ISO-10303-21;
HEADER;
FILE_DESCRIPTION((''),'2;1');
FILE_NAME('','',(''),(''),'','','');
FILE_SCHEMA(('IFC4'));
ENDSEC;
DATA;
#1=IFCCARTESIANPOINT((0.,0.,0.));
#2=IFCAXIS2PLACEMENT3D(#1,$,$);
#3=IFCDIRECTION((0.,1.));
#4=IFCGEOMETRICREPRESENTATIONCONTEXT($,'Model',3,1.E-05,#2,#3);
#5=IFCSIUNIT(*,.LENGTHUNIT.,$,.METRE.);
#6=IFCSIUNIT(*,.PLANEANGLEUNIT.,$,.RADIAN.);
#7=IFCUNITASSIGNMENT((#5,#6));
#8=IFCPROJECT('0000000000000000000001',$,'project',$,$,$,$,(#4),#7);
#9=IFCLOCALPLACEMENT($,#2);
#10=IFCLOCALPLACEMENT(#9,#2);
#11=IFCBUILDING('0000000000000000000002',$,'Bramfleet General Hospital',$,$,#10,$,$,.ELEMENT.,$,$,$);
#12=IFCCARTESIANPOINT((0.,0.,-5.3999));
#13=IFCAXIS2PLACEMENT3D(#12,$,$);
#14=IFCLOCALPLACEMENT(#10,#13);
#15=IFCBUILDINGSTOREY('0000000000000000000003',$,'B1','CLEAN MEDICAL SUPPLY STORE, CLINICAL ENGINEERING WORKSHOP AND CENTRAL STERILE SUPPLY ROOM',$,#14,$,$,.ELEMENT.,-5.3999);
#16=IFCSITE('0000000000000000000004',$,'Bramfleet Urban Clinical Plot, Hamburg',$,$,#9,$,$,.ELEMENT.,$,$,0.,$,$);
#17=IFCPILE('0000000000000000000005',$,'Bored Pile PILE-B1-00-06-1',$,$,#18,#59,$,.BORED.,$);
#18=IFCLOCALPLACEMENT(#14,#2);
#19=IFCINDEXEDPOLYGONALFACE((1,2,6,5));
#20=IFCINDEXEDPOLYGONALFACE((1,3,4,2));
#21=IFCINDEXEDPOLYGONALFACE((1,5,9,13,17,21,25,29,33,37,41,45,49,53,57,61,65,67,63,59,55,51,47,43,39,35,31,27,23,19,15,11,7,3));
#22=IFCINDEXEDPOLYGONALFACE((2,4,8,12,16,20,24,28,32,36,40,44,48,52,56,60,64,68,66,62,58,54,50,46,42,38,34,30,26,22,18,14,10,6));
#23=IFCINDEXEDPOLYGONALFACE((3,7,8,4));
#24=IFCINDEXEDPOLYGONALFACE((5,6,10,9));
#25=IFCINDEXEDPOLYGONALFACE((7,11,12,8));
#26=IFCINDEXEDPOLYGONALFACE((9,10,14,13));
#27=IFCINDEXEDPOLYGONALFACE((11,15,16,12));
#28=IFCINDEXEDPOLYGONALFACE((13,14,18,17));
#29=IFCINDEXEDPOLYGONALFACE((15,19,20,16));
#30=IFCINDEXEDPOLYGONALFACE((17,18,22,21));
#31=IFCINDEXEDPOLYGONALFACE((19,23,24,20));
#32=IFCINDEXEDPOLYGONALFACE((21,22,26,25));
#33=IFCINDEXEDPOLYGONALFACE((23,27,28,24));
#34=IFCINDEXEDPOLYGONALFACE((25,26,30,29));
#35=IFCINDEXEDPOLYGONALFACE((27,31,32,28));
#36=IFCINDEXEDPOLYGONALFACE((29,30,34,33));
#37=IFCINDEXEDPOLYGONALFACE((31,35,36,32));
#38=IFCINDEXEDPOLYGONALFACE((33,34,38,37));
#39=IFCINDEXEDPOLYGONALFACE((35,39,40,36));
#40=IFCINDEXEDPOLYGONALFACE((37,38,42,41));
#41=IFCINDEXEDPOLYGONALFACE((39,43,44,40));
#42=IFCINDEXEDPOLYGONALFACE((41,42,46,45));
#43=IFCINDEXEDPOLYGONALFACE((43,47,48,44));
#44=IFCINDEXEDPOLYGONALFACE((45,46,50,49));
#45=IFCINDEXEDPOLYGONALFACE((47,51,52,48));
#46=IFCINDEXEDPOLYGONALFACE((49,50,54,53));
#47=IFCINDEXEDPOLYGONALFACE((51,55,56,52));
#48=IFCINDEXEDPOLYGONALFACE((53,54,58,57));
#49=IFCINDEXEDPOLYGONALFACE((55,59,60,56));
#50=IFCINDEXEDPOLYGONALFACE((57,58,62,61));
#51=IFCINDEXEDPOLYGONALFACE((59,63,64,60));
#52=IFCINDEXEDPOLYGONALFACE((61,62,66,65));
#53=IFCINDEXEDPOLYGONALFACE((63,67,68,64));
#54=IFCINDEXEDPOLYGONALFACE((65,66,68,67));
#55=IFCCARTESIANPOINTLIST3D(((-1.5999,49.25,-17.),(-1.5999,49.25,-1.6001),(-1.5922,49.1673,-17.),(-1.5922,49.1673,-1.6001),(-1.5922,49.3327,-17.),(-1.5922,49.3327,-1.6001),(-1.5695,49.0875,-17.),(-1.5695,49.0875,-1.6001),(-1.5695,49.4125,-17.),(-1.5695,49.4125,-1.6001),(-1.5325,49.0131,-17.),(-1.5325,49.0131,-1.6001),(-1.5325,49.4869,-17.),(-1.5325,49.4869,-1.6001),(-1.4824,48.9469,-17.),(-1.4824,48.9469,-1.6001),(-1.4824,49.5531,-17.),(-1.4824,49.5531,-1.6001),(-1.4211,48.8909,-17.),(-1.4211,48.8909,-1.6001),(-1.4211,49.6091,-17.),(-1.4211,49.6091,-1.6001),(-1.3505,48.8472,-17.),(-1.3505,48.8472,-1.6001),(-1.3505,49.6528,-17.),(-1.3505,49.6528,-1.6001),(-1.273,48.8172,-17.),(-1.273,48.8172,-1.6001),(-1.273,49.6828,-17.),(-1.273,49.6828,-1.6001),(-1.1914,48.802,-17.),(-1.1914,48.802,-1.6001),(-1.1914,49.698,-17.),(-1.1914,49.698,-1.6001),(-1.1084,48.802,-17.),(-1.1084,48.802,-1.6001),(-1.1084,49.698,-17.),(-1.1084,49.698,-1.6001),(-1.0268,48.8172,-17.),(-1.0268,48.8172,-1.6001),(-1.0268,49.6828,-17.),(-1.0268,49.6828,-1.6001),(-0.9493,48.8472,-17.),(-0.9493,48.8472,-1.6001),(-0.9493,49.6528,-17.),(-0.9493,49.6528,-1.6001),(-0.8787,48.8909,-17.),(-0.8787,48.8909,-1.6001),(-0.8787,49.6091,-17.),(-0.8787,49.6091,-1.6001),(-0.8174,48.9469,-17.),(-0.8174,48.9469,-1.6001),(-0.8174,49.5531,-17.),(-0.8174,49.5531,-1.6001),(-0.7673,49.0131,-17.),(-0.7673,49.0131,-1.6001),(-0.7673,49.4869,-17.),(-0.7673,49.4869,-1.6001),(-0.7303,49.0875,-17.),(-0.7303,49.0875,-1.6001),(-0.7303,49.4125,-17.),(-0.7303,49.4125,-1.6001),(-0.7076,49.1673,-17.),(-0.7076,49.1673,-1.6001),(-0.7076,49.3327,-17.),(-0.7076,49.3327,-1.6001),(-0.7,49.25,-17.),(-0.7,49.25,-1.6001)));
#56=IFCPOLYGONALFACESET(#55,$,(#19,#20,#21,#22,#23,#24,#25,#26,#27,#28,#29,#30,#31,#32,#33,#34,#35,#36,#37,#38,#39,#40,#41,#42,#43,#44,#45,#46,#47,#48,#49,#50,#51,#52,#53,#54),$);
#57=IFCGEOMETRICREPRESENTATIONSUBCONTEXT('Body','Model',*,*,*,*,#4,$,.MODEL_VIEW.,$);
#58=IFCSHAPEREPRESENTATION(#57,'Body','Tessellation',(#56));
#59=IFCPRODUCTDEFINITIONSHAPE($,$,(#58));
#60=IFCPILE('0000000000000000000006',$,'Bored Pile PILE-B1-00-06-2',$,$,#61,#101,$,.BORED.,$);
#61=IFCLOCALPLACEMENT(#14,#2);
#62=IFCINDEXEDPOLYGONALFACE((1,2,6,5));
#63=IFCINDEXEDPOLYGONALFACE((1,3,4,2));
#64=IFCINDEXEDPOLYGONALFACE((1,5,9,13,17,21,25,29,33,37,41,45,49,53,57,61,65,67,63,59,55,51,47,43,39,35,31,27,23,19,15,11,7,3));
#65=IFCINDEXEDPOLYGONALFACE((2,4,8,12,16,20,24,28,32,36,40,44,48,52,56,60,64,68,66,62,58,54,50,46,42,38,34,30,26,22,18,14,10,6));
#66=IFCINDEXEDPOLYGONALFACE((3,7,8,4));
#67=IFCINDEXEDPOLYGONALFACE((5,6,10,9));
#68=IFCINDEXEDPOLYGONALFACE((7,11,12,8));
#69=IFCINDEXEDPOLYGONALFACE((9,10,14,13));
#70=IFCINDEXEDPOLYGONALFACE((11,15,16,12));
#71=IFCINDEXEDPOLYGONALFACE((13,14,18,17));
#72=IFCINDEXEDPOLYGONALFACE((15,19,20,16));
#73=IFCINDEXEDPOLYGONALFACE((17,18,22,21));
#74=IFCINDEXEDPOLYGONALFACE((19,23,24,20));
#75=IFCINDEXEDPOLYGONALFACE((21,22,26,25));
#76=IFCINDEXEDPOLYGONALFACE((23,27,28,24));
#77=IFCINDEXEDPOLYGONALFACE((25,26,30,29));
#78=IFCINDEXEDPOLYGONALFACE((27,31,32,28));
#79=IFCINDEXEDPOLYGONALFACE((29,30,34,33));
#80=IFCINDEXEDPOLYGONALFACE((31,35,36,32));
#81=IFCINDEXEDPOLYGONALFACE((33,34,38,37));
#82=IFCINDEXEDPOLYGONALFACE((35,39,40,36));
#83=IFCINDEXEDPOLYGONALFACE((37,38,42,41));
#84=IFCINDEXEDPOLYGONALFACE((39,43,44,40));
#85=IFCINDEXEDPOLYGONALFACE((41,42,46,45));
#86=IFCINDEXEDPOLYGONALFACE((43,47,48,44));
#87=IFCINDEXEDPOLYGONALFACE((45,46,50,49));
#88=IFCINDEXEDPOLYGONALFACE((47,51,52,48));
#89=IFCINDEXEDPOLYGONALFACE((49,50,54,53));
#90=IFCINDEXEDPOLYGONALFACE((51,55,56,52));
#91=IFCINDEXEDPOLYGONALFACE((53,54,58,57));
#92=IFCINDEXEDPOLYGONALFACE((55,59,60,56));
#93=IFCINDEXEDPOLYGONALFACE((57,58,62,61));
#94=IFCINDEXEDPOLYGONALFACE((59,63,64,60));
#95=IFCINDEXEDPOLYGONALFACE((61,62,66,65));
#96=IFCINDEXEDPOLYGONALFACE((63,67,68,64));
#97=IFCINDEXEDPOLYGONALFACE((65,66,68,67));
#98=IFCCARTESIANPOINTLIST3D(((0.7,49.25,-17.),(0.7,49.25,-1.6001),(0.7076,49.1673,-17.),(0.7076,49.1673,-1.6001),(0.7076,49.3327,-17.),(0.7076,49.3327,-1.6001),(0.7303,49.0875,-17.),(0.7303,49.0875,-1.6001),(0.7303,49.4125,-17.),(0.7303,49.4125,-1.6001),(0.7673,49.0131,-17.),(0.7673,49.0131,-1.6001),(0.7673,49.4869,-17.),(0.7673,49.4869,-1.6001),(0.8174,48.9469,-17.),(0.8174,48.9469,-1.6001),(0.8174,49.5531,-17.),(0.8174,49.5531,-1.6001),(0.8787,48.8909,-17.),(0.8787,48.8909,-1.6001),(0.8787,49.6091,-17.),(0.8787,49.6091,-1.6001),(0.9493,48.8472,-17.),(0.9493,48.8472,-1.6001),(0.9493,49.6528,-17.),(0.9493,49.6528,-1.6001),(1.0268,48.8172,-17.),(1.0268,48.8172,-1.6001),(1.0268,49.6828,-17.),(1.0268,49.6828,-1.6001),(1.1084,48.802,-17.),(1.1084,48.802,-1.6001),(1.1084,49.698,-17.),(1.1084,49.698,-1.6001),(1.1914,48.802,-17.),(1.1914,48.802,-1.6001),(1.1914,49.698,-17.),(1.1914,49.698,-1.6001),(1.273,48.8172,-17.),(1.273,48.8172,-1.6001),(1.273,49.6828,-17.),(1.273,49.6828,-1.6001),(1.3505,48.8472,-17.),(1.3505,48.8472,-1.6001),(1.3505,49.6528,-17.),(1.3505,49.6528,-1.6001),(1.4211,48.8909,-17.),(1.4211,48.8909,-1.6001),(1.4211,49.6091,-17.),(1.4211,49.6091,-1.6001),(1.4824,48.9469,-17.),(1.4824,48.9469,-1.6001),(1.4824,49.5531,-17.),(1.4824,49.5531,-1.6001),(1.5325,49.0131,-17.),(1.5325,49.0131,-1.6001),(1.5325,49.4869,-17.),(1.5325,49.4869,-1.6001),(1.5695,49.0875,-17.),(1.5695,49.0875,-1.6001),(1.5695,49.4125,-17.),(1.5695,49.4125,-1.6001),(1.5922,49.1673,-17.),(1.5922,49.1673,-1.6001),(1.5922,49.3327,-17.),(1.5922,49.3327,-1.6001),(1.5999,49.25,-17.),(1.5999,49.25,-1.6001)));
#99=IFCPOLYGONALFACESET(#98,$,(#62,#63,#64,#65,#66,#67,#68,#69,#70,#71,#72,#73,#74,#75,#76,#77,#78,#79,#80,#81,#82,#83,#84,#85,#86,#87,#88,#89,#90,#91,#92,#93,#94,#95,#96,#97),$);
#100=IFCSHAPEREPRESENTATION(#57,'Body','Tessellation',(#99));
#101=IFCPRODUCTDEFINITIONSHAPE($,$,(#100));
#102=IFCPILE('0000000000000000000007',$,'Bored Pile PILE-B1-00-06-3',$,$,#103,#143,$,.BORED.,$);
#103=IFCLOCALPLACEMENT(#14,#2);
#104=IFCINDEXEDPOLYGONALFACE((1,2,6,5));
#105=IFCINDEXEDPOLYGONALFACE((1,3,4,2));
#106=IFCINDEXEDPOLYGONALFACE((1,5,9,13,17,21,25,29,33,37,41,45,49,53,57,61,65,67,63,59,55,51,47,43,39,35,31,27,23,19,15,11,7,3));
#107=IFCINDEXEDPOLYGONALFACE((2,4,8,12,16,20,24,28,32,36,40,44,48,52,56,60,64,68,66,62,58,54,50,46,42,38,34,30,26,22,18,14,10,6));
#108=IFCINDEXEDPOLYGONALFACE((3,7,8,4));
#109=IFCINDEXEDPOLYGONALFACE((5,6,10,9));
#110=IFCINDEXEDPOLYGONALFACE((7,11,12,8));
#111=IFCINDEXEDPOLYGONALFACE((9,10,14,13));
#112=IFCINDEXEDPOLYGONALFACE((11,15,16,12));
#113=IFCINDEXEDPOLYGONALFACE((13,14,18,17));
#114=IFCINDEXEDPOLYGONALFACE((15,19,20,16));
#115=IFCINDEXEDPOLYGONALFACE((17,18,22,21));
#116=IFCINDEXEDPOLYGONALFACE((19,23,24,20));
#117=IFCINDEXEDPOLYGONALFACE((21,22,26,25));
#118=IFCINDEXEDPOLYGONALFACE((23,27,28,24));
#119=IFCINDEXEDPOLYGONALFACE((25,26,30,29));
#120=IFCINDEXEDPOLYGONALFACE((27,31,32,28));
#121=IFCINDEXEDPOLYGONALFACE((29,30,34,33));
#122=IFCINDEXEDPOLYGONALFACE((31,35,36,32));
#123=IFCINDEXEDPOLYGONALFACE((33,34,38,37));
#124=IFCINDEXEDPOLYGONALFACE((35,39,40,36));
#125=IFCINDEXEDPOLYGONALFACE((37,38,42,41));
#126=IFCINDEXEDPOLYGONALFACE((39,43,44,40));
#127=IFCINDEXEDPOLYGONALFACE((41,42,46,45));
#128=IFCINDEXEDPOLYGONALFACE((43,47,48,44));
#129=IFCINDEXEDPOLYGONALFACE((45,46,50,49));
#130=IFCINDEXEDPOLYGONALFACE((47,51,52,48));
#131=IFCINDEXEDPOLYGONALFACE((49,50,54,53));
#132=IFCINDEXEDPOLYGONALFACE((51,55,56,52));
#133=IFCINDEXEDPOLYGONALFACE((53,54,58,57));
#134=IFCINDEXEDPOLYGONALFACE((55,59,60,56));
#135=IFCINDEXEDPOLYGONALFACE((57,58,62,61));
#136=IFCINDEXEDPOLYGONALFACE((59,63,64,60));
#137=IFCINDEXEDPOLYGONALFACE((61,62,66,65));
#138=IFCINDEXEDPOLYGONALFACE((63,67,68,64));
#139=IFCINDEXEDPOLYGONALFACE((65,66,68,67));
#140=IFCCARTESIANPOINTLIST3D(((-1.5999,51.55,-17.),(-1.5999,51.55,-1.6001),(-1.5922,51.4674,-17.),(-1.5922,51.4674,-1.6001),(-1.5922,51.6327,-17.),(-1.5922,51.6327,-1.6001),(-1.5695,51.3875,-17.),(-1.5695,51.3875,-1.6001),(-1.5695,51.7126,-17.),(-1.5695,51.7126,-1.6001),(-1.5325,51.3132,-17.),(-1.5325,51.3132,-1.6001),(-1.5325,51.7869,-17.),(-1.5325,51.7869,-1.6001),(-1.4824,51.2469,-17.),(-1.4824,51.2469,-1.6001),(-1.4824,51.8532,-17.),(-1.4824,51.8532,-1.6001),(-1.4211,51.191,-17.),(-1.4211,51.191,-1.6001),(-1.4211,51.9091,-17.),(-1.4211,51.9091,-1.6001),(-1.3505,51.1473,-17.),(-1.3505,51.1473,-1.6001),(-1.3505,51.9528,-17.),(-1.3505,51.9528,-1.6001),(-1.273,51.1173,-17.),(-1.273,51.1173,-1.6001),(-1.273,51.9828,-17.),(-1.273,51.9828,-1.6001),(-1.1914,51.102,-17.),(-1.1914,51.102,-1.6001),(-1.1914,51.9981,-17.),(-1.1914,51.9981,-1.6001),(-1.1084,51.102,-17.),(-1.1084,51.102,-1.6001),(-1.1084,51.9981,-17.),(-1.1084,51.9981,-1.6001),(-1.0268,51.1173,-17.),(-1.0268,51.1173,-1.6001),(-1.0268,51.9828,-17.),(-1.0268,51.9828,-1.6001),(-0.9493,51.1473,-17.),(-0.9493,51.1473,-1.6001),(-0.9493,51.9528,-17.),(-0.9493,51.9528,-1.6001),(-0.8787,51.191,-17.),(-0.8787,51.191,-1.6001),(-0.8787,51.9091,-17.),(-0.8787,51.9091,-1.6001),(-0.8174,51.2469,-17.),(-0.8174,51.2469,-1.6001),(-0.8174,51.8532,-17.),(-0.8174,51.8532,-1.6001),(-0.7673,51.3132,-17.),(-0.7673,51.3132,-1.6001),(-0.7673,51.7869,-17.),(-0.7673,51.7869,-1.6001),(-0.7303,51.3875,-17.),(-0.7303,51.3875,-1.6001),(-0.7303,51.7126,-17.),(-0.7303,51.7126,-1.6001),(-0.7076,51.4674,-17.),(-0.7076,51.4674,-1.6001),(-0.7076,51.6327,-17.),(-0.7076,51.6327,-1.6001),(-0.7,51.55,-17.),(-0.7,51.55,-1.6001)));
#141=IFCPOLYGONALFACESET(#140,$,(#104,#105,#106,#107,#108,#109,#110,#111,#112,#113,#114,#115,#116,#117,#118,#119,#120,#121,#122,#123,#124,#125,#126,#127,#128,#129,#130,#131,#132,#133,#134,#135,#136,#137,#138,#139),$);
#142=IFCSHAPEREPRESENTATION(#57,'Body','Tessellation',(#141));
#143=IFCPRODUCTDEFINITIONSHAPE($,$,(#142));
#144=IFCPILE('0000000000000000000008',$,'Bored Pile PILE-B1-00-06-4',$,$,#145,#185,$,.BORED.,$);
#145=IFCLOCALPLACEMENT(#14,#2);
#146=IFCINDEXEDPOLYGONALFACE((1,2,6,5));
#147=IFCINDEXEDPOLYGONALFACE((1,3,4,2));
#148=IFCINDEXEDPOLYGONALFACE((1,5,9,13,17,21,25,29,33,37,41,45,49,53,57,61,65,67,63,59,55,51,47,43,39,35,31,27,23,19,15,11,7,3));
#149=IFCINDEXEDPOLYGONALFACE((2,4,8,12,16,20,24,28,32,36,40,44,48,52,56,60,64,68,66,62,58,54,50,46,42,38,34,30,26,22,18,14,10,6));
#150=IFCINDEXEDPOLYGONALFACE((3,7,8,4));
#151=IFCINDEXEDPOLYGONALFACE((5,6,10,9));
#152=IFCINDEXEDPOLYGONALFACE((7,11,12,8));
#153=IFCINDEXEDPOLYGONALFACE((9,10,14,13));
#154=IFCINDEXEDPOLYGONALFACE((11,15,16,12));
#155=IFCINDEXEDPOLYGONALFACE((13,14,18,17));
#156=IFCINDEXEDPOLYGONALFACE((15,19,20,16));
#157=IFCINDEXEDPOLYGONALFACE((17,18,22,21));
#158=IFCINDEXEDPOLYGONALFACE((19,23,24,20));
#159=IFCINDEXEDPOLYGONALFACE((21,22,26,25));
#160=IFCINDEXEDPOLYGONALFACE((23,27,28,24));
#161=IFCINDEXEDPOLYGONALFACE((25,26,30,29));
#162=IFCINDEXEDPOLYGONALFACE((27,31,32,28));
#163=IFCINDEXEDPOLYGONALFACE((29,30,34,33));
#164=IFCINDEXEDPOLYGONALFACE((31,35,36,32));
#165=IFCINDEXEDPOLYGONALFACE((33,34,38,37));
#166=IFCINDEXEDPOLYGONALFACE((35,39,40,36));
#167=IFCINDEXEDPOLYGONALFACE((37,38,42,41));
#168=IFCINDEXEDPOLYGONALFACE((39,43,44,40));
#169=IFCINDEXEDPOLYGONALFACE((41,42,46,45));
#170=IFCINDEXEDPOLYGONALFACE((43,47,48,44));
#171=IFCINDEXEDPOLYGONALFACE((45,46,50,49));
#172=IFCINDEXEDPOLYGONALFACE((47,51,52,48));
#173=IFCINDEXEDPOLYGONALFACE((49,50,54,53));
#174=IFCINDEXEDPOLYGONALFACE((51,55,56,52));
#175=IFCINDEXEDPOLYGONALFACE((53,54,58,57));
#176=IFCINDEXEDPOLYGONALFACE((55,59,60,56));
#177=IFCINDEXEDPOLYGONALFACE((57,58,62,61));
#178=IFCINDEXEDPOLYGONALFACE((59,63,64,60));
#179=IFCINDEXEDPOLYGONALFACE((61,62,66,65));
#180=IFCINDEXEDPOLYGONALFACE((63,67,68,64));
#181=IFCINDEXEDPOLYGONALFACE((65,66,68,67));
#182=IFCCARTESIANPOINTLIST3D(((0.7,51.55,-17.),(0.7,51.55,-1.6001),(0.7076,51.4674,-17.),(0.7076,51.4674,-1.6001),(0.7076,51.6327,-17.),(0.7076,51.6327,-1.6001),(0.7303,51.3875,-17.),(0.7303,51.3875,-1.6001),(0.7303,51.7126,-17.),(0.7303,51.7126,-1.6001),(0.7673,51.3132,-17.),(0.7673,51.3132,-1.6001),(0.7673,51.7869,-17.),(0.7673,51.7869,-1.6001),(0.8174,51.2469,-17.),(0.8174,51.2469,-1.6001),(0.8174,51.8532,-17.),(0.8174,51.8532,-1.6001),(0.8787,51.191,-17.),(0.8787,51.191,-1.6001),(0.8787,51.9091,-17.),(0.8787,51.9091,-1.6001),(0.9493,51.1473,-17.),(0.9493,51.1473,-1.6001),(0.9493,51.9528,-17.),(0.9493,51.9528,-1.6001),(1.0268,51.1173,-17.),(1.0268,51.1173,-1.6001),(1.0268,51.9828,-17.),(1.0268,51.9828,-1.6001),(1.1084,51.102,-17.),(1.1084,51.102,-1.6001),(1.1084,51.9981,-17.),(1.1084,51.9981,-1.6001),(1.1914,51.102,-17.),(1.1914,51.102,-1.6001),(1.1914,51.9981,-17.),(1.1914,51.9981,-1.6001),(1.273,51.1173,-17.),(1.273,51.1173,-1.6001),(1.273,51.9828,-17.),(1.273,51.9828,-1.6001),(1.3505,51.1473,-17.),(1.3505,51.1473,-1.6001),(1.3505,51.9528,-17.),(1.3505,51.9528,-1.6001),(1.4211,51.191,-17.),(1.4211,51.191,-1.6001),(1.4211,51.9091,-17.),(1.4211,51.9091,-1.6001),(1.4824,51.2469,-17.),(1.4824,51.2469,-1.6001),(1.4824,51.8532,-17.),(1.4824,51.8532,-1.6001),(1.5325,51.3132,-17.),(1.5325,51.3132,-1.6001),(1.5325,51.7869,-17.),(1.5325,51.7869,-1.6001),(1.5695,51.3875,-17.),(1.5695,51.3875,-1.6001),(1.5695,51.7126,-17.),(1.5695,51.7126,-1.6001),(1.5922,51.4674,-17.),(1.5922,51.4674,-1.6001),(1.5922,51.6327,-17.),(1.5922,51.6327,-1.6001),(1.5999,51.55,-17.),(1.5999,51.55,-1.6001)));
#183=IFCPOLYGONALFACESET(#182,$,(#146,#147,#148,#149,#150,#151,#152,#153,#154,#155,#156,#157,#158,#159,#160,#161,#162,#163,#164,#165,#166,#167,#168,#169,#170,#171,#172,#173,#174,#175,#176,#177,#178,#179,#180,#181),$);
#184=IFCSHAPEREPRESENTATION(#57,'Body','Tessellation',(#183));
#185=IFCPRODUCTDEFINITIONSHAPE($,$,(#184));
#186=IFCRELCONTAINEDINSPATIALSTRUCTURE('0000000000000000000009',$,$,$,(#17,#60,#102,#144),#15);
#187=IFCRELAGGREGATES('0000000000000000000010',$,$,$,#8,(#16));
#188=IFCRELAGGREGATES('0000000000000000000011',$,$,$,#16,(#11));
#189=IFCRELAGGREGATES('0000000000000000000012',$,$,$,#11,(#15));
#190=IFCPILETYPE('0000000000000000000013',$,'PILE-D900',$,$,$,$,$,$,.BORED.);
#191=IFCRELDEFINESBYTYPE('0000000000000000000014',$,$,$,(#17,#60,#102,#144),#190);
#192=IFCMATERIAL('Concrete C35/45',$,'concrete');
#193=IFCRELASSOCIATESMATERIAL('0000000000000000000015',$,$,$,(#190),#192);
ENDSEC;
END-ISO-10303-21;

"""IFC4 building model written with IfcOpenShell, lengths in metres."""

from ifc_helpers import new_model, si_unit, direction, frame, origin, origin_2d, place, context, subcontext, project, spatial, circle, extrude, material, material_profile, profile_set, type_object, element, save


model = new_model("IFC4")

# Units and contexts
model_context = context("Model", 3, precision=1e-05, world=origin(), true_north=direction((0.0, 1.0)))
body_context = subcontext(model_context, "Body", "Model", "MODEL_VIEW")
ifc_project = project(units=[si_unit("LENGTHUNIT", "METRE"), si_unit("PLANEANGLEUNIT", "RADIAN")], contexts=[model_context])

# Site, building, storey
site_placement = place(None, origin())
site = spatial("IfcSite", under=ifc_project, at=site_placement, Name="Bramfleet Urban Clinical Plot, Hamburg", CompositionType="ELEMENT", RefElevation=0.0)
building_placement = place(site_placement, origin())
building = spatial("IfcBuilding", under=site, at=building_placement, Name="Bramfleet General Hospital", CompositionType="ELEMENT")
storey_placement = place(building_placement, frame((0.0, 0.0, -5.3999)))
storey = spatial("IfcBuildingStorey", under=building, at=storey_placement, Name="B1", Description="CLEAN MEDICAL SUPPLY STORE, CLINICAL ENGINEERING WORKSHOP AND CENTRAL STERILE SUPPLY ROOM", CompositionType="ELEMENT", Elevation=-5.3999)

# Shared definitions
ifc_material_1 = material(Name="Concrete C35/45", Category="concrete")

# Piles
ifc_material_profile_1 = material_profile(ifc_material_1, circle(Radius=0.45, at=origin_2d()), Name="PILE BORED D900")
ifc_profile_set_1 = profile_set([ifc_material_profile_1], Name="Concrete C35/45")
pile_type_1 = type_object("IfcPileType", Name="PILE-D900", PredefinedType="BORED", material=ifc_profile_set_1)
for number, where, z_axis, x_axis, name in (
    (1, (-1.1499, 49.25, -1.6001), (0.0, 0.0, -1.0), (1.0, 0.0, 0.0), "Bored Pile PILE-B1-00-06-1"),
    (2, (1.1499, 49.25, -1.6001), (0.0, 0.0, -1.0), (1.0, 0.0, 0.0), "Bored Pile PILE-B1-00-06-2"),
    (3, (-1.1499, 51.55, -1.6001), (0.0, 0.0, -1.0), (1.0, 0.0, 0.0), "Bored Pile PILE-B1-00-06-3"),
    (4, (1.1499, 51.55, -1.6001), (0.0, 0.0, -1.0), (1.0, 0.0, 0.0), "Bored Pile PILE-B1-00-06-4"),
):
    element("IfcPile", number, at=place(storey_placement, frame(where, z_axis=z_axis, x_axis=x_axis)), inside=storey, type_object=pile_type_1, Name=name, PredefinedType="BORED", context=body_context, shape_type="SweptSolid", body=[
        extrude(circle(Radius=0.45, at=origin_2d()), origin(), (0.0, 0.0, 1.0), 15.3999),
    ])

save(model, "model.ifc")
